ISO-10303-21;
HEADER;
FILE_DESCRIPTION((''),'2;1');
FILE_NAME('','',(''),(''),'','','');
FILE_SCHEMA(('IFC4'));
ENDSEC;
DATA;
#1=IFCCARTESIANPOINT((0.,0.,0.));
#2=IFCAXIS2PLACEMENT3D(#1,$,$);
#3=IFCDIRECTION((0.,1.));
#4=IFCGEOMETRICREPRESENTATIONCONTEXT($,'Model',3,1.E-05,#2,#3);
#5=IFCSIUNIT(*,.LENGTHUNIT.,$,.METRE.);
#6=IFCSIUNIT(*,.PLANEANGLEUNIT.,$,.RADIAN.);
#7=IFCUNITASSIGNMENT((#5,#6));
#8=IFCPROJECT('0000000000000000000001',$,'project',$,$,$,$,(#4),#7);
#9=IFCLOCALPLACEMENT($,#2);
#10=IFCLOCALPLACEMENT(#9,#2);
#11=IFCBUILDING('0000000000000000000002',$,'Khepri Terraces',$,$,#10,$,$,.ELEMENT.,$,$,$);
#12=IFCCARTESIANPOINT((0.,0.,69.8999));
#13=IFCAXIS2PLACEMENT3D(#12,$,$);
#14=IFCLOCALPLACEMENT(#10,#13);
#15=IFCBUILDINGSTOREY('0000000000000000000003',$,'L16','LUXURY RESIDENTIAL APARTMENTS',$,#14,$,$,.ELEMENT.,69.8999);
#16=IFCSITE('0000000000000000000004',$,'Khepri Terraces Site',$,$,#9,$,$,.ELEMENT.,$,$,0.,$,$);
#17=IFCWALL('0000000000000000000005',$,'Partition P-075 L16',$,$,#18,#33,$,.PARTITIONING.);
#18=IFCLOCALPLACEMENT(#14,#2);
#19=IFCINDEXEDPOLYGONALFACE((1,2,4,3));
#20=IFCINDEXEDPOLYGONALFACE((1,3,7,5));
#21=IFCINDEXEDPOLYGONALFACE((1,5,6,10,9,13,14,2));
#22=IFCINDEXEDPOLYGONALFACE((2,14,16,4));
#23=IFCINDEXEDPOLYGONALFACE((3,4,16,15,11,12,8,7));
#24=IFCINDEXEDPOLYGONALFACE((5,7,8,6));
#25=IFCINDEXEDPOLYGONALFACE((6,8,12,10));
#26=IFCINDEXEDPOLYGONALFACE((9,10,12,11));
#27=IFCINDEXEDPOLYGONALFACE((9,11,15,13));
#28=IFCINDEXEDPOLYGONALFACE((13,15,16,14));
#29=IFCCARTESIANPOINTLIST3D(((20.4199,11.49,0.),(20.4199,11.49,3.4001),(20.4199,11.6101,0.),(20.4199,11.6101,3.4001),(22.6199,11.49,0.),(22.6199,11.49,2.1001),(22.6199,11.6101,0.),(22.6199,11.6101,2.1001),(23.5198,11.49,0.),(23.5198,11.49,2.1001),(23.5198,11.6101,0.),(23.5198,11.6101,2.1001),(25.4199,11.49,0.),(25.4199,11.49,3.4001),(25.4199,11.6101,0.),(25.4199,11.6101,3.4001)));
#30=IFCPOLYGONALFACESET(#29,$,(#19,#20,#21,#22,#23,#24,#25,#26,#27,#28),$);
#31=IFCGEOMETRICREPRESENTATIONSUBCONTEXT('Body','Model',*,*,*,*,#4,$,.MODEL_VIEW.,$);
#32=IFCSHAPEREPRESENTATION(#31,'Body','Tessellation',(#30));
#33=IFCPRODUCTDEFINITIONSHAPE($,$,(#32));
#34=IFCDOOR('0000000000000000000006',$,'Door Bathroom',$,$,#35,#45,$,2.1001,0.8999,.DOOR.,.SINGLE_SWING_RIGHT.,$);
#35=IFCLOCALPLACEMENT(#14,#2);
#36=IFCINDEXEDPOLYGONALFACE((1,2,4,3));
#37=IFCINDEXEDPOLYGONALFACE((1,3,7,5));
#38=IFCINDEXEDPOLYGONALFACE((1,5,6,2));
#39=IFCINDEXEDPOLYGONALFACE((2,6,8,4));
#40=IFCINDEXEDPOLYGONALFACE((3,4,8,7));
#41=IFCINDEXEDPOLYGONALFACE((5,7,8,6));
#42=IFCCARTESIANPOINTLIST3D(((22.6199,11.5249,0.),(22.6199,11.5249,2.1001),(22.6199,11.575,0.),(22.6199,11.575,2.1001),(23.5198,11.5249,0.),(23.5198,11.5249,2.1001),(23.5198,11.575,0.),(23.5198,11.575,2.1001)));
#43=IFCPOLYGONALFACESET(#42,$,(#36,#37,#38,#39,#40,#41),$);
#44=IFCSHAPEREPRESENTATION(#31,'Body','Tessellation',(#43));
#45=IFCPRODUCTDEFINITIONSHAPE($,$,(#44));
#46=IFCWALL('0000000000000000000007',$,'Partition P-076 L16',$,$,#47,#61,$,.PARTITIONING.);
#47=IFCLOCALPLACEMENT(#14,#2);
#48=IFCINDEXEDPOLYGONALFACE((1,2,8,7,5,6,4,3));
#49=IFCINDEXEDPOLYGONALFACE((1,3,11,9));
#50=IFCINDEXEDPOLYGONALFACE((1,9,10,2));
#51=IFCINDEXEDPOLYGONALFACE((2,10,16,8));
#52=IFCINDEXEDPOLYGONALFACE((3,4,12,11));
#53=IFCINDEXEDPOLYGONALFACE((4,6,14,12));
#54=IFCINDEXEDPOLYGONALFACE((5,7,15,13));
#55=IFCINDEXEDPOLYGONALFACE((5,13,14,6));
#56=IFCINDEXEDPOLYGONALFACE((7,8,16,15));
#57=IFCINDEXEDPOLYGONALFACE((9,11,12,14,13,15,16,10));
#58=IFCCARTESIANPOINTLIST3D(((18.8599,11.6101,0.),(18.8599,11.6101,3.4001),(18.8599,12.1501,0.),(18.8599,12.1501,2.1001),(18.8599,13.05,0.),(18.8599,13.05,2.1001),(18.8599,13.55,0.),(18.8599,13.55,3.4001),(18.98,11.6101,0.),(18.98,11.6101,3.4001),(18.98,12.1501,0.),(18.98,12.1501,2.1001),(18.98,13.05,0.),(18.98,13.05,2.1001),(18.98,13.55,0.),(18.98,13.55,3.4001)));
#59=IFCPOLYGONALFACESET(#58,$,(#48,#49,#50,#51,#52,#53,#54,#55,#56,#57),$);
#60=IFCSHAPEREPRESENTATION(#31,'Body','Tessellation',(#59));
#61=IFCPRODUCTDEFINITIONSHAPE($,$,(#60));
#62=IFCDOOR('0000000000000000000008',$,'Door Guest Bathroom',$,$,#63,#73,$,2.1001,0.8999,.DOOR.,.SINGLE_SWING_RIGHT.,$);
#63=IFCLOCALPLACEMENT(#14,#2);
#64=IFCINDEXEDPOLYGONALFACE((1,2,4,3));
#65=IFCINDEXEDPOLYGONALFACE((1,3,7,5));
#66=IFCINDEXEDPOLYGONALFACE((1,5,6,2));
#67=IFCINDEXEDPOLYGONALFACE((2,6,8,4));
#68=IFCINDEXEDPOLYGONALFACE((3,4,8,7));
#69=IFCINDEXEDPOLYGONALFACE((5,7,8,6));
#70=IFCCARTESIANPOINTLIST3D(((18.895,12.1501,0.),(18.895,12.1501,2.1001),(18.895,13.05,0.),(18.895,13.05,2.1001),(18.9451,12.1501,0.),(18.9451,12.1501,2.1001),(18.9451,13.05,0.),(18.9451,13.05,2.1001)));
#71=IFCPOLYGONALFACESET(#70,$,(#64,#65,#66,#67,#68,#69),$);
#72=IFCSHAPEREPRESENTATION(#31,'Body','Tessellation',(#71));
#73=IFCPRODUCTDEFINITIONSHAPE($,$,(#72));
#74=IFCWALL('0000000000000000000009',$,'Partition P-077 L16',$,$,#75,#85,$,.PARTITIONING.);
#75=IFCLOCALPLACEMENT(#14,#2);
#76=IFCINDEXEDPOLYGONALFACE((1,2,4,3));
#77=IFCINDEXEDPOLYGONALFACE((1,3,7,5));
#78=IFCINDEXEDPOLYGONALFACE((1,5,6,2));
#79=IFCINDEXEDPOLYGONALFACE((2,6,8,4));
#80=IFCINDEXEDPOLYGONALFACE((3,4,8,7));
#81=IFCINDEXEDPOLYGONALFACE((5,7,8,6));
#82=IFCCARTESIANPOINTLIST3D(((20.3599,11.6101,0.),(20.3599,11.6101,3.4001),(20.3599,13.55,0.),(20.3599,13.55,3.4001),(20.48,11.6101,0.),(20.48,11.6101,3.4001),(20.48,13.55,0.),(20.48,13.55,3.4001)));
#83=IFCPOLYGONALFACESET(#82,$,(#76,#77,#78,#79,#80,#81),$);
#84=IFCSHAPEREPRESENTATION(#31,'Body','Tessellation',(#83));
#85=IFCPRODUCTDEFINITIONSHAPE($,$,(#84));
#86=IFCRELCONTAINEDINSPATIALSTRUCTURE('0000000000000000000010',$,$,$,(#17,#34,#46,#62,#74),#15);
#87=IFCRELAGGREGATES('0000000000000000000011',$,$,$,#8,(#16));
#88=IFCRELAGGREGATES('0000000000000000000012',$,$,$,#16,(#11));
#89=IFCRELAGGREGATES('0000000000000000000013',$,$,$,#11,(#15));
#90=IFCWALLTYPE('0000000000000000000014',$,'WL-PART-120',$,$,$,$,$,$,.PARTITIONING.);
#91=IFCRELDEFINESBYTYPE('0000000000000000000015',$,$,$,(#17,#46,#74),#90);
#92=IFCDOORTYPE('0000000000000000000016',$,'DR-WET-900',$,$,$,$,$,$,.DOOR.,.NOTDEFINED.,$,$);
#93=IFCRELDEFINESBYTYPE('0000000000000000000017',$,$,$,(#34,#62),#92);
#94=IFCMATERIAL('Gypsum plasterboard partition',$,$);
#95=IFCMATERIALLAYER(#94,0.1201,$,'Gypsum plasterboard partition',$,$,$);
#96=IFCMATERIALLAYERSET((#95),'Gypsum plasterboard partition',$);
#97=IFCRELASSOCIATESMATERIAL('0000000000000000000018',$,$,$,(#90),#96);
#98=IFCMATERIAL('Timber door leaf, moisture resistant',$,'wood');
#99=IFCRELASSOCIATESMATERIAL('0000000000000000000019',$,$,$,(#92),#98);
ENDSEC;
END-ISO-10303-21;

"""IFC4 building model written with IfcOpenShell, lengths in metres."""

from ifc_helpers import new_model, si_unit, direction, frame, frame_2d, origin, place, context, subcontext, project, spatial, rectangle, extrude, material, layer, layer_set, type_object, element, fill, save


model = new_model("IFC4")

# Units and contexts
model_context = context("Model", 3, precision=1e-05, world=origin(), true_north=direction((0.0, 1.0)))
body_context = subcontext(model_context, "Body", "Model", "MODEL_VIEW")
ifc_project = project(units=[si_unit("LENGTHUNIT", "METRE"), si_unit("PLANEANGLEUNIT", "RADIAN")], contexts=[model_context])

# Site, building, storey
site_placement = place(None, origin())
site = spatial("IfcSite", under=ifc_project, at=site_placement, Name="Khepri Terraces Site", CompositionType="ELEMENT", RefElevation=0.0)
building_placement = place(site_placement, origin())
building = spatial("IfcBuilding", under=site, at=building_placement, Name="Khepri Terraces", CompositionType="ELEMENT")
storey_placement = place(building_placement, frame((0.0, 0.0, 69.8999)))
storey = spatial("IfcBuildingStorey", under=building, at=storey_placement, Name="L16", Description="LUXURY RESIDENTIAL APARTMENTS", CompositionType="ELEMENT", Elevation=69.8999)

# Shared definitions
ifc_material_1 = material(Name="Gypsum plasterboard partition")
ifc_layer_1 = layer(ifc_material_1, 0.1201, Name="Gypsum plasterboard partition")
ifc_layer_set_1 = layer_set([ifc_layer_1], Name="Gypsum plasterboard partition")
wall_type_1 = type_object("IfcWallType", Name="WL-PART-120", PredefinedType="PARTITIONING", material=ifc_layer_set_1)
ifc_material_2 = material(Name="Timber door leaf, moisture resistant", Category="wood")
door_type_1 = type_object("IfcDoorType", Name="DR-WET-900", OperationType="NOTDEFINED", PredefinedType="DOOR", material=ifc_material_2)

# Walls, openings, doors
wall_1_placement = place(storey_placement, frame((20.4199, 11.55, 0.0), z_axis=(0.0, 0.0, 1.0), x_axis=(1.0, 0.0, 0.0)))
wall_1 = element("IfcWall", 1, at=wall_1_placement, inside=storey, type_object=wall_type_1, Name="Partition P-075 L16", PredefinedType="PARTITIONING", context=body_context, shape_type="SweptSolid", body=[
    extrude(rectangle(XDim=5.0, YDim=0.1201, at=frame_2d((2.5, 0.0))), origin(), (0.0, 0.0, 1.0), 3.4001),
])
opening_1_placement = place(wall_1_placement, frame((2.2, 0.0, 0.0)))
opening_1 = element("IfcOpeningElement", 2, at=opening_1_placement, cuts=wall_1, PredefinedType="OPENING", context=body_context, shape_type="SweptSolid", body=[
    extrude(rectangle(XDim=0.8999, YDim=2.1001, at=frame_2d((0.45, 1.05))), frame((0.0, 0.0701, 0.0), z_axis=(0.0, -1.0, 0.0), x_axis=(1.0, 0.0, 0.0)), (0.0, 0.0, 1.0), 0.1401),
])
door_1_placement = place(opening_1_placement, origin())
door_1 = element("IfcDoor", 3, at=door_1_placement, inside=storey, type_object=door_type_1, Name="Door Bathroom", OperationType="SINGLE_SWING_RIGHT", OverallHeight=2.1001, OverallWidth=0.8999, PredefinedType="DOOR", context=body_context, shape_type="SweptSolid", body=[
    extrude(rectangle(XDim=0.8999, YDim=2.1001, at=frame_2d((0.45, 1.05))), frame((0.0, 0.0249, 0.0), z_axis=(0.0, -1.0, 0.0), x_axis=(1.0, 0.0, 0.0)), (0.0, 0.0, 1.0), 0.05),
])
fill(opening_1, door_1)
wall_2_placement = place(storey_placement, frame((18.9199, 11.6101, 0.0), z_axis=(0.0, 0.0, 1.0), x_axis=(0.0, 1.0, 0.0)))
wall_2 = element("IfcWall", 4, at=wall_2_placement, inside=storey, type_object=wall_type_1, Name="Partition P-076 L16", PredefinedType="PARTITIONING", context=body_context, shape_type="SweptSolid", body=[
    extrude(rectangle(XDim=1.9399, YDim=0.1201, at=frame_2d((0.97, 0.0))), origin(), (0.0, 0.0, 1.0), 3.4001),
])
opening_2_placement = place(wall_2_placement, frame((0.54, 0.0, 0.0)))
opening_2 = element("IfcOpeningElement", 5, at=opening_2_placement, cuts=wall_2, PredefinedType="OPENING", context=body_context, shape_type="SweptSolid", body=[
    extrude(rectangle(XDim=0.8999, YDim=2.1001, at=frame_2d((0.45, 1.05))), frame((0.0, 0.0701, 0.0), z_axis=(0.0, -1.0, 0.0), x_axis=(1.0, 0.0, 0.0)), (0.0, 0.0, 1.0), 0.1401),
])
door_2_placement = place(opening_2_placement, origin())
door_2 = element("IfcDoor", 6, at=door_2_placement, inside=storey, type_object=door_type_1, Name="Door Guest Bathroom", OperationType="SINGLE_SWING_RIGHT", OverallHeight=2.1001, OverallWidth=0.8999, PredefinedType="DOOR", context=body_context, shape_type="SweptSolid", body=[
    extrude(rectangle(XDim=0.8999, YDim=2.1001, at=frame_2d((0.45, 1.05))), frame((0.0, 0.0249, 0.0), z_axis=(0.0, -1.0, 0.0), x_axis=(1.0, 0.0, 0.0)), (0.0, 0.0, 1.0), 0.05),
])
fill(opening_2, door_2)

# Wall
wall_3_placement = place(storey_placement, frame((20.4199, 11.6101, 0.0), z_axis=(0.0, 0.0, 1.0), x_axis=(0.0, 1.0, 0.0)))
element("IfcWall", 7, at=wall_3_placement, inside=storey, type_object=wall_type_1, Name="Partition P-077 L16", PredefinedType="PARTITIONING", context=body_context, shape_type="SweptSolid", body=[
    extrude(rectangle(XDim=1.9399, YDim=0.1201, at=frame_2d((0.97, 0.0))), origin(), (0.0, 0.0, 1.0), 3.4001),
])

save(model, "model.ifc")
